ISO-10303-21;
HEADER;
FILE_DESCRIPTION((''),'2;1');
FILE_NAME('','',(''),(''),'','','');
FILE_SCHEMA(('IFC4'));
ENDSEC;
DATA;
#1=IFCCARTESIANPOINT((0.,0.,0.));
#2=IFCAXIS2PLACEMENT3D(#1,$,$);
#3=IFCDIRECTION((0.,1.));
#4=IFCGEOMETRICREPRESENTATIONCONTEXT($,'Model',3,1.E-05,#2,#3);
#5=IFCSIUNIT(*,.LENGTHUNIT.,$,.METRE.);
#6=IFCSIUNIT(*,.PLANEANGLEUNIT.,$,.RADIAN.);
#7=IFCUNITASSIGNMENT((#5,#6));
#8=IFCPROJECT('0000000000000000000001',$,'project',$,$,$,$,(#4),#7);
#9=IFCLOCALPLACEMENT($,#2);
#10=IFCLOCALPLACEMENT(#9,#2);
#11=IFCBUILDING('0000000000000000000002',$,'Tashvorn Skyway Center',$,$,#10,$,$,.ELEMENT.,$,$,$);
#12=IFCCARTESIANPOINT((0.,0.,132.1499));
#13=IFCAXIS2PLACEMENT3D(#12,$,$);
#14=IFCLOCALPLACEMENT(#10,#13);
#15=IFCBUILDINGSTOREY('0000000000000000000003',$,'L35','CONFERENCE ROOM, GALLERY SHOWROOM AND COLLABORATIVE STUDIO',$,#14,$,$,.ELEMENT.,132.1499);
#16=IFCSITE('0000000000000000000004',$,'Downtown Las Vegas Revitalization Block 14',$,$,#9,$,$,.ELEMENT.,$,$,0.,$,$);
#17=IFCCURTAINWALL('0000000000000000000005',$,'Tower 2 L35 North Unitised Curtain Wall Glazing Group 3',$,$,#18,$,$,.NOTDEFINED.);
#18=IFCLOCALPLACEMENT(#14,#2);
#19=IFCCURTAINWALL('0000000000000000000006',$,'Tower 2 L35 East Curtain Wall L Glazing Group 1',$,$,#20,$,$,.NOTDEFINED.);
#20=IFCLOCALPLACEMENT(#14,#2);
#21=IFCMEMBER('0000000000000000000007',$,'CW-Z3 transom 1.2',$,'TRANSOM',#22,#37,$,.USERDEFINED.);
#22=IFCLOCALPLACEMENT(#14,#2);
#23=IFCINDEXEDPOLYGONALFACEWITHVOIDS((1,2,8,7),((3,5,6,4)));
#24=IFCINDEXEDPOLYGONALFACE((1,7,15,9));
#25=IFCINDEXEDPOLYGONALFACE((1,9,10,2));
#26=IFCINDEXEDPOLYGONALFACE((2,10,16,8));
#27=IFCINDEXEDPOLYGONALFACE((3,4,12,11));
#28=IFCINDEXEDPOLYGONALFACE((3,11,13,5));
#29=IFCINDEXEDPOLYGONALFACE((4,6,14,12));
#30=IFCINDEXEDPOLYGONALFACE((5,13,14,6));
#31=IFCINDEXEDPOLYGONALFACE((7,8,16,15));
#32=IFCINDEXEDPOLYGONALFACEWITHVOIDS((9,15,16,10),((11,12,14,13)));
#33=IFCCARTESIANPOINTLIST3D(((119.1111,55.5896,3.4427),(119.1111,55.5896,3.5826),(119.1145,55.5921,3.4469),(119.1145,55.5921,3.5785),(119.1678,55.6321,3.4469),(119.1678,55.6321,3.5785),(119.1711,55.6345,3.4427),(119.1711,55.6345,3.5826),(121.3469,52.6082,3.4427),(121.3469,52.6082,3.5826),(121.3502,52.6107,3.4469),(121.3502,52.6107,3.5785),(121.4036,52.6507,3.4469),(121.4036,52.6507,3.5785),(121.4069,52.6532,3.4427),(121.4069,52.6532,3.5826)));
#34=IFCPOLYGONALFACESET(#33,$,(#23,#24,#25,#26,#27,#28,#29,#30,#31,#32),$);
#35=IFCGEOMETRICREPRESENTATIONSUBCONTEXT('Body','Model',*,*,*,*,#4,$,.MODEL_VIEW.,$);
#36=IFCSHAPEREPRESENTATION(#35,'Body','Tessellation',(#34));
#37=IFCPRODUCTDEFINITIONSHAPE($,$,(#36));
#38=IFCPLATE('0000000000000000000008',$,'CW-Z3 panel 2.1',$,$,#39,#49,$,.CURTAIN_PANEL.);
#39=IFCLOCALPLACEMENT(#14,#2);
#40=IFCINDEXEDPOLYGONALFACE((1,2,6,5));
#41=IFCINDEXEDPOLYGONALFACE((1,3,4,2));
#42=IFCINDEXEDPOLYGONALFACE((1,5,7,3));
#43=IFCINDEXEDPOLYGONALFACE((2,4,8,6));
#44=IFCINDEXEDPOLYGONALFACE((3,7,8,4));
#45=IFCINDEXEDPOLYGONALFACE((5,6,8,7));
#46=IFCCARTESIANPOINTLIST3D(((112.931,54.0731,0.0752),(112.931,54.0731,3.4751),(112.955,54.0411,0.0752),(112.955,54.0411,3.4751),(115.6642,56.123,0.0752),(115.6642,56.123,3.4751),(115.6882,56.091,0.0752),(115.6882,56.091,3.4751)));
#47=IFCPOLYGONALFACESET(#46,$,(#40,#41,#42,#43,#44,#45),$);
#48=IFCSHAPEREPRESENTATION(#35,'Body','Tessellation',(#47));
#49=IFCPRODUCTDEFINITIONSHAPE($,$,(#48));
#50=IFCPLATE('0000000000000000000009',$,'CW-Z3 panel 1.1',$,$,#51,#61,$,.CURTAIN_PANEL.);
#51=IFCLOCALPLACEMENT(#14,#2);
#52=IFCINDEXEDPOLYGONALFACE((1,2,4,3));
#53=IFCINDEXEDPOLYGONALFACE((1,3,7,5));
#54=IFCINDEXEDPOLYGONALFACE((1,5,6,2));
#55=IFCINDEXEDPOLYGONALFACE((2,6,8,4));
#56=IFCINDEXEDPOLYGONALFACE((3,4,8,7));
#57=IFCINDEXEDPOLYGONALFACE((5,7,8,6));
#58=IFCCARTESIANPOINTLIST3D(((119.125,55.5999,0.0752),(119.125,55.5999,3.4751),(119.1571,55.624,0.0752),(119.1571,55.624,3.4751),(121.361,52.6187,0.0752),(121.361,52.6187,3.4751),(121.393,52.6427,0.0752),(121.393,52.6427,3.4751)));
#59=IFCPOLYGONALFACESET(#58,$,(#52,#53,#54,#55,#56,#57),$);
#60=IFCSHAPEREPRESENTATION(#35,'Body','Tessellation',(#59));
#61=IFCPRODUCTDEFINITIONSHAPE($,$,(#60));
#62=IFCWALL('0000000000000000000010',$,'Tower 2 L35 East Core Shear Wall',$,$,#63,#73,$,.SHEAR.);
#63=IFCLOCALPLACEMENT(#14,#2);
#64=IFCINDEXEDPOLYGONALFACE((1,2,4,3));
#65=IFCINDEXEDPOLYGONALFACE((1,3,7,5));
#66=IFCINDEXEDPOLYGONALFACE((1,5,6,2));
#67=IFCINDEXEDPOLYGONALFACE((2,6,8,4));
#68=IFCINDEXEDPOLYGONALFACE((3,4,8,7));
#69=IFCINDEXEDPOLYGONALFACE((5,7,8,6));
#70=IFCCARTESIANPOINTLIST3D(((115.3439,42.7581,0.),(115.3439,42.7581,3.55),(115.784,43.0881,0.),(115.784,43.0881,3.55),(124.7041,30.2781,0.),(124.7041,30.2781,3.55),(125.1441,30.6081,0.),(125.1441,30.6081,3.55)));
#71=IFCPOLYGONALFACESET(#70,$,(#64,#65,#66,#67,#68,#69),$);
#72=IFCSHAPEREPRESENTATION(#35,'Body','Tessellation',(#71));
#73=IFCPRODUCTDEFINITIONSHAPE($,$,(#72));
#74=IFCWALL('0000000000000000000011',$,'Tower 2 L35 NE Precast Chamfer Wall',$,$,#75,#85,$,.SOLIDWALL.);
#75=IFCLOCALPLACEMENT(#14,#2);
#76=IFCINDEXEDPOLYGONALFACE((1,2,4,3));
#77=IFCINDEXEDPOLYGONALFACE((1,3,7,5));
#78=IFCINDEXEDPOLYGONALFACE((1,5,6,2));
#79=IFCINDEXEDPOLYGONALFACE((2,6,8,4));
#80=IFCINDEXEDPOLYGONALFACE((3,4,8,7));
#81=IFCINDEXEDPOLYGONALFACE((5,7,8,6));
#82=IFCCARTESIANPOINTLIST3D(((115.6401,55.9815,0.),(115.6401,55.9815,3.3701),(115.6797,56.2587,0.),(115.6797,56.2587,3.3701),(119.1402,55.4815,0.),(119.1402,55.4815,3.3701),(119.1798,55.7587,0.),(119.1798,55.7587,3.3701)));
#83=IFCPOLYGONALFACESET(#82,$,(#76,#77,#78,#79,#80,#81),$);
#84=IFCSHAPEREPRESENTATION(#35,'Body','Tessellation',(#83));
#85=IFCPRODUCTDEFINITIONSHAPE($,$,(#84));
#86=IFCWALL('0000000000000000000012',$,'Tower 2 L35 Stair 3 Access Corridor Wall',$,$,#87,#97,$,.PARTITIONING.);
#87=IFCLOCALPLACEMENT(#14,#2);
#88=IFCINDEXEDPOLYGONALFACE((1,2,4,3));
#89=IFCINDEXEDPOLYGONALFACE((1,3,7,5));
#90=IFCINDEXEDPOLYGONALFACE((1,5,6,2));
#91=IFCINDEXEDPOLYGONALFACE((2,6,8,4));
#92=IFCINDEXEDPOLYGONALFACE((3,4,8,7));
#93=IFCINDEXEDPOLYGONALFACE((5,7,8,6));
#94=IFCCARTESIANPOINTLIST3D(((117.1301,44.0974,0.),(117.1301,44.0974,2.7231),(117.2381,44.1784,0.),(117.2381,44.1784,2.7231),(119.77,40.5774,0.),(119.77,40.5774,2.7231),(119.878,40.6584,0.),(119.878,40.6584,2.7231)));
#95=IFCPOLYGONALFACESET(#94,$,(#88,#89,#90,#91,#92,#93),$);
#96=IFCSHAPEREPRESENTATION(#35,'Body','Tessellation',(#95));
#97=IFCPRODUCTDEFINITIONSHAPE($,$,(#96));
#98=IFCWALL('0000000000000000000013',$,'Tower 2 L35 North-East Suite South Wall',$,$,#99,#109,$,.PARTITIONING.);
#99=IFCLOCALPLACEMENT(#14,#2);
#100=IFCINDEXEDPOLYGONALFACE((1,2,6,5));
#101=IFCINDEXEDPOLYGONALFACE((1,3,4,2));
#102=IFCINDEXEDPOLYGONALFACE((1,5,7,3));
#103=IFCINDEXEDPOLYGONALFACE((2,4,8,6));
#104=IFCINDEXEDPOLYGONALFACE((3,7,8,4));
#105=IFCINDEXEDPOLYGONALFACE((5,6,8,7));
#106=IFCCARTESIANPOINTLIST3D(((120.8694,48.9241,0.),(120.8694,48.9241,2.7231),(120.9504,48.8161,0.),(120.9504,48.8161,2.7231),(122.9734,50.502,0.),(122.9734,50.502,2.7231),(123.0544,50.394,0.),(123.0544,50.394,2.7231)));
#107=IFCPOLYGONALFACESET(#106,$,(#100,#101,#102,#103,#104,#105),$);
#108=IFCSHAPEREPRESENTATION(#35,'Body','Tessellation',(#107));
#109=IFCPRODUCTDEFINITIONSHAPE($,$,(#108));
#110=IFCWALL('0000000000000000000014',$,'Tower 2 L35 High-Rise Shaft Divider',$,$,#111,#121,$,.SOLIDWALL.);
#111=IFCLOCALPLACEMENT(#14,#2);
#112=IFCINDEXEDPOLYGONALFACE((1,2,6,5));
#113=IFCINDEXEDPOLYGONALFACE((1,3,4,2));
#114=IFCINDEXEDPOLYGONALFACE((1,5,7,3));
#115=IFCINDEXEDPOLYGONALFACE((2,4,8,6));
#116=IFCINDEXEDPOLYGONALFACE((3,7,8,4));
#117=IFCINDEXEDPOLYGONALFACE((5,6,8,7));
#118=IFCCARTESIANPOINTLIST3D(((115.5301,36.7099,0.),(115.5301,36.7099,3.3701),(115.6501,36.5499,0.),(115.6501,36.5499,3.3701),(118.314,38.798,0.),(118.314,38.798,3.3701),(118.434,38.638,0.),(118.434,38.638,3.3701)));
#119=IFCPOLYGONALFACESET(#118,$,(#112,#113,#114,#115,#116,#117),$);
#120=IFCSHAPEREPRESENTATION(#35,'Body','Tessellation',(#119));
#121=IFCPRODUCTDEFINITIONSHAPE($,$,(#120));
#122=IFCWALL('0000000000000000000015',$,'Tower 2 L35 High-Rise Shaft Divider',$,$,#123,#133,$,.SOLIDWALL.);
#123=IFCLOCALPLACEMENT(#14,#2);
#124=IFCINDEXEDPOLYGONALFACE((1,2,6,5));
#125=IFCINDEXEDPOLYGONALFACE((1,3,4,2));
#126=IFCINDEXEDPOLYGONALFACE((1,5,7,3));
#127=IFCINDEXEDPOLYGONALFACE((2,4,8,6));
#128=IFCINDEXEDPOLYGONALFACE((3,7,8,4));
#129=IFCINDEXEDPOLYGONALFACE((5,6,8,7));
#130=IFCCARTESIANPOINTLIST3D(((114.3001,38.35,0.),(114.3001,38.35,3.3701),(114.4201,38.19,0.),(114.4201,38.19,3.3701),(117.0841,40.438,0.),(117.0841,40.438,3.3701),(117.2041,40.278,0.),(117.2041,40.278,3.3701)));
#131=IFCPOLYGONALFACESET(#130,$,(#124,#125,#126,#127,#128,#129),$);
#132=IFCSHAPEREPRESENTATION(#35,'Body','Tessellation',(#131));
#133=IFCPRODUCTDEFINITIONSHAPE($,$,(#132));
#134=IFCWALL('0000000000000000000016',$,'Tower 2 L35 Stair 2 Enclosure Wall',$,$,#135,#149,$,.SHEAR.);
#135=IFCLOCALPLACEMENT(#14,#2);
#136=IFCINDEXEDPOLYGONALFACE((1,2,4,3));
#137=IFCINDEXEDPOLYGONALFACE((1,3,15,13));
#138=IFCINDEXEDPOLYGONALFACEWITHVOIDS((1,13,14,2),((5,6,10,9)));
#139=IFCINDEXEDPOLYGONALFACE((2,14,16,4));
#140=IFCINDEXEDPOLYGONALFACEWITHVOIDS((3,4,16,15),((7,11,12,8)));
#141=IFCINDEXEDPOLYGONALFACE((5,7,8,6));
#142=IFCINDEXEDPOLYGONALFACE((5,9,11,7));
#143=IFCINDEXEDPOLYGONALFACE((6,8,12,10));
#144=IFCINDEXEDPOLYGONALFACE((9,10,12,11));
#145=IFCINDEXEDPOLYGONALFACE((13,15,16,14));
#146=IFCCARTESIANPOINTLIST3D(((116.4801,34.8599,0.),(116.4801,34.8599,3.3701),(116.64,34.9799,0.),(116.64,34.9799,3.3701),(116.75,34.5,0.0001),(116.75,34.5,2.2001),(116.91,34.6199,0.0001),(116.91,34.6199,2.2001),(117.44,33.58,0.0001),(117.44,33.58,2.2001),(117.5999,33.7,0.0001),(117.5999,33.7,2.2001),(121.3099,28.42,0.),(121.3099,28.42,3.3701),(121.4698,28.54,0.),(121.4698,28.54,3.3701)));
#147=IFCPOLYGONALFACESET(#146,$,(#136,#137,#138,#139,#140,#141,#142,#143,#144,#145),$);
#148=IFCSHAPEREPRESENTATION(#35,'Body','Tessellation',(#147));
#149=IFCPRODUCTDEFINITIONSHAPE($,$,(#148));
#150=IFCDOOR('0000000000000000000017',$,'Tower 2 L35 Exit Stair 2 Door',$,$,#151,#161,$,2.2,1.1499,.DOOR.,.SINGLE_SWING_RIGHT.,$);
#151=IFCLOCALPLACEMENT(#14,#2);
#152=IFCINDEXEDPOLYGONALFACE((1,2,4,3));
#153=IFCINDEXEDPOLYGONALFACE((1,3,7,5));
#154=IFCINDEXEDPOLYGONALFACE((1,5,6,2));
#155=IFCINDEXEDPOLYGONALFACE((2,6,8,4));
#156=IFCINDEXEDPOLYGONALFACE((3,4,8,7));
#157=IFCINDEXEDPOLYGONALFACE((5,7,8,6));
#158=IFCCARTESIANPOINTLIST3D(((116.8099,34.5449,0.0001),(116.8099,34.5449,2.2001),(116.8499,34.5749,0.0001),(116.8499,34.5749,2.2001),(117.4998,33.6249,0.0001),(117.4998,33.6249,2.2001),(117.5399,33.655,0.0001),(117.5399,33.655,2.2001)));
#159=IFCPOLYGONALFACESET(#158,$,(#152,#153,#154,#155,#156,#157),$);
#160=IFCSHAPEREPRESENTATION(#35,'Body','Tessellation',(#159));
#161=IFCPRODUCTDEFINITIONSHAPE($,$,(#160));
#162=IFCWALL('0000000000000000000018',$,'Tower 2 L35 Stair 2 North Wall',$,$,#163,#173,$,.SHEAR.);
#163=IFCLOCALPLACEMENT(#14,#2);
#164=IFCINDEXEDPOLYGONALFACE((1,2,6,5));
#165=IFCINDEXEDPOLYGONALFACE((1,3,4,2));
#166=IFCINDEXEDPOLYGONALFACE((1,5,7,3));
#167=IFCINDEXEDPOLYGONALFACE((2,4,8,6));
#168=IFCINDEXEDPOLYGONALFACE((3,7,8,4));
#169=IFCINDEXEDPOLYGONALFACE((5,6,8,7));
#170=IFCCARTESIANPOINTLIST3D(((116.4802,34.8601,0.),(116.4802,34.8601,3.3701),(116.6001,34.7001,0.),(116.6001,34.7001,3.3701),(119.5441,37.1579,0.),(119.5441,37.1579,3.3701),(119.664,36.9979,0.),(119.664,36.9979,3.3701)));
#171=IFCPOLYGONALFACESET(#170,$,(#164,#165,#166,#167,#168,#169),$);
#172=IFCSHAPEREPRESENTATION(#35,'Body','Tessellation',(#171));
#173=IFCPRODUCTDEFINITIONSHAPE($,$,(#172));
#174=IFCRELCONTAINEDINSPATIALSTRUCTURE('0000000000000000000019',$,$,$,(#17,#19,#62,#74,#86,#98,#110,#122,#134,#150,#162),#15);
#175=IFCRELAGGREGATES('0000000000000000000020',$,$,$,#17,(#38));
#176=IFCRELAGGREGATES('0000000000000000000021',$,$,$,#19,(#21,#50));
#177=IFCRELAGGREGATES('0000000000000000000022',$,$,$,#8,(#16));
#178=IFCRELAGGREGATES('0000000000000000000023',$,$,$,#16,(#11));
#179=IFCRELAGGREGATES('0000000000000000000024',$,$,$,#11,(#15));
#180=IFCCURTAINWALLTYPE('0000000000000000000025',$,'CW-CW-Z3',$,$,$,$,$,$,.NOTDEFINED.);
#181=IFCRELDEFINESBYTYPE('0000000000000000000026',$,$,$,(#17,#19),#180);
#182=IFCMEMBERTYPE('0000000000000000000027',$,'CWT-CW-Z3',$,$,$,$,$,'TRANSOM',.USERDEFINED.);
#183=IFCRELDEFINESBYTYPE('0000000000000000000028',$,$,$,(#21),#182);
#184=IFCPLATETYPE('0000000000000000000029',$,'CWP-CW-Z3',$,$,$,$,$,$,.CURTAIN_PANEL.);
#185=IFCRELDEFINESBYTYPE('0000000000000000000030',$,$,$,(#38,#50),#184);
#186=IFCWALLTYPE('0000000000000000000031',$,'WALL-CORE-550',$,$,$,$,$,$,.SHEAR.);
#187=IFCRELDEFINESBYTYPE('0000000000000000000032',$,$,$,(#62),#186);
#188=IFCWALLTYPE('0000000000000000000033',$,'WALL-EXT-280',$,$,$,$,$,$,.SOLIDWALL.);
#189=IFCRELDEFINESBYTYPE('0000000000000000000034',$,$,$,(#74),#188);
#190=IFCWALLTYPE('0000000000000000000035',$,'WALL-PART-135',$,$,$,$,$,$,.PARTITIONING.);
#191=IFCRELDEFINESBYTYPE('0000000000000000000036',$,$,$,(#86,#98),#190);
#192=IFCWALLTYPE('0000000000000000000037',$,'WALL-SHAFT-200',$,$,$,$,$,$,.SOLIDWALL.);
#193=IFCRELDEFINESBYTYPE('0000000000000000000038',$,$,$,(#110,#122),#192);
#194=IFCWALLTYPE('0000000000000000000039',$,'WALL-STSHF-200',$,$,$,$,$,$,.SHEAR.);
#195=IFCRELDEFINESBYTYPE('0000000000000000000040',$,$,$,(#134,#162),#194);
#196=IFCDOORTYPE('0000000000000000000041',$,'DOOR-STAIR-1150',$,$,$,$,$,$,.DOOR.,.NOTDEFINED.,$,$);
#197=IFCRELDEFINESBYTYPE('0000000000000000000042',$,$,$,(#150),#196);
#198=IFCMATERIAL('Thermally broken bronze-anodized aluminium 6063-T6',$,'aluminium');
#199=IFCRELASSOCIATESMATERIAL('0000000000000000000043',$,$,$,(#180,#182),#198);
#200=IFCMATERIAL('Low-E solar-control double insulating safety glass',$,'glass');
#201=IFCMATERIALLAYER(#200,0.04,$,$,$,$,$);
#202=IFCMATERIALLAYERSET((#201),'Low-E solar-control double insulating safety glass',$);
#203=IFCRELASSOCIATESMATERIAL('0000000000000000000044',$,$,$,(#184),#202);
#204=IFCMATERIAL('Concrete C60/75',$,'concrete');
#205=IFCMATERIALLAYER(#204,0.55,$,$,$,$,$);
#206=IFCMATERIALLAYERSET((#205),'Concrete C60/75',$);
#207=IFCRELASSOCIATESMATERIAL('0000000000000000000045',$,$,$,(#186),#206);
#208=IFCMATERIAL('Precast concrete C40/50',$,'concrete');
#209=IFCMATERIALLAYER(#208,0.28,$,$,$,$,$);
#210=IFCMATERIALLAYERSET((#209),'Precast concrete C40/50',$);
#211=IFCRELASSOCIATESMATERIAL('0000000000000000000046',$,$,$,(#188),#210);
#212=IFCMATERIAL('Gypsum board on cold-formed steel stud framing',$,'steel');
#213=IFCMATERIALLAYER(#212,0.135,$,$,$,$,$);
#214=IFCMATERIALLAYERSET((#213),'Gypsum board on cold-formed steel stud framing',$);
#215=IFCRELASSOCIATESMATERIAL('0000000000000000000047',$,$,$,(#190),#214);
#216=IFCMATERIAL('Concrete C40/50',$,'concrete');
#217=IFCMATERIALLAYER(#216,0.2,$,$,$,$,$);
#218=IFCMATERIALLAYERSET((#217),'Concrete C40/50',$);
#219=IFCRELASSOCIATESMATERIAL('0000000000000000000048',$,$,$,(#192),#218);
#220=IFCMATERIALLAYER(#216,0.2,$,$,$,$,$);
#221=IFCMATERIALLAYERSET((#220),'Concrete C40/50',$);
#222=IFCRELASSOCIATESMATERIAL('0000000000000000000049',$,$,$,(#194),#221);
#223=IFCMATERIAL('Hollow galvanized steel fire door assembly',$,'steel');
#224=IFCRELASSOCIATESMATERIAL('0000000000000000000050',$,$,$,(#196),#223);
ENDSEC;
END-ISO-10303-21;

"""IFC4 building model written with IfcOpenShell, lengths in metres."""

from ifc_helpers import new_model, si_unit, direction, frame, frame_2d, origin, origin_2d, place, context, subcontext, project, spatial, rectangle, hollow_rectangle, extrude, material, layer, layer_set, material_profile, profile_set, type_object, element, fill, aggregate, save


model = new_model("IFC4")

# Units and contexts
model_context = context("Model", 3, precision=1e-05, world=origin(), true_north=direction((0.0, 1.0)))
body_context = subcontext(model_context, "Body", "Model", "MODEL_VIEW")
ifc_project = project(units=[si_unit("LENGTHUNIT", "METRE"), si_unit("PLANEANGLEUNIT", "RADIAN")], contexts=[model_context])

# Site, building, storey
site_placement = place(None, origin())
site = spatial("IfcSite", under=ifc_project, at=site_placement, Name="Downtown Las Vegas Revitalization Block 14", CompositionType="ELEMENT", RefElevation=0.0)
building_placement = place(site_placement, origin())
building = spatial("IfcBuilding", under=site, at=building_placement, Name="Tashvorn Skyway Center", CompositionType="ELEMENT")
storey_placement = place(building_placement, frame((0.0, 0.0, 132.1499)))
storey = spatial("IfcBuildingStorey", under=building, at=storey_placement, Name="L35", Description="CONFERENCE ROOM, GALLERY SHOWROOM AND COLLABORATIVE STUDIO", CompositionType="ELEMENT", Elevation=132.1499)

# Curtain walls
ifc_material_1 = material(Name="Thermally broken bronze-anodized aluminium 6063-T6", Category="aluminium")
curtain_wall_type = type_object("IfcCurtainWallType", Name="CW-CW-Z3", PredefinedType="NOTDEFINED", material=ifc_material_1)
curtain_wall_1_placement = place(storey_placement, origin())
curtain_wall_1 = element("IfcCurtainWall", 1, at=curtain_wall_1_placement, inside=storey, type_object=curtain_wall_type, Name="Tower 2 L35 North Unitised Curtain Wall Glazing Group 3", PredefinedType="NOTDEFINED")
curtain_wall_2_placement = place(storey_placement, origin())
curtain_wall_2 = element("IfcCurtainWall", 2, at=curtain_wall_2_placement, inside=storey, type_object=curtain_wall_type, Name="Tower 2 L35 East Curtain Wall L Glazing Group 1", PredefinedType="NOTDEFINED")

# Member
ifc_material_profile_1 = material_profile(ifc_material_1, hollow_rectangle(XDim=0.075, YDim=0.1399, WallThickness=0.0042, at=origin_2d()), Name="ALU-TRAN-75x140")
ifc_profile_set_1 = profile_set([ifc_material_profile_1], Name="Thermally broken bronze-anodized aluminium 6063-T6")
member_type_1 = type_object("IfcMemberType", Name="CWT-CW-Z3", ElementType="TRANSOM", PredefinedType="USERDEFINED", material=ifc_profile_set_1)
member_1_placement = place(storey_placement, frame((119.1411, 55.6121, 3.5127), z_axis=(0.599958, -0.800031, 0.0), x_axis=(0.800031, 0.599958, 0.0)))
member_1 = element("IfcMember", 3, at=member_1_placement, type_object=member_type_1, Name="CW-Z3 transom 1.2", ObjectType="TRANSOM", PredefinedType="USERDEFINED", context=body_context, shape_type="SweptSolid", body=[
    extrude(hollow_rectangle(XDim=0.075, YDim=0.1399, WallThickness=0.0042, at=origin_2d()), origin(), (0.0, 0.0, 1.0), 3.7266),
])

# Plates
ifc_material_2 = material(Name="Low-E solar-control double insulating safety glass", Category="glass")
ifc_layer_1 = layer(ifc_material_2, 0.04)
ifc_layer_set_1 = layer_set([ifc_layer_1], Name="Low-E solar-control double insulating safety glass")
plate_type = type_object("IfcPlateType", Name="CWP-CW-Z3", PredefinedType="CURTAIN_PANEL", material=ifc_layer_set_1)
plate_1_placement = place(storey_placement, frame((114.3096, 55.082, 0.0752), z_axis=(0.0, 0.0, 1.0), x_axis=(0.799997, 0.600005, 0.0)))
plate_1 = element("IfcPlate", 4, at=plate_1_placement, type_object=plate_type, Name="CW-Z3 panel 2.1", PredefinedType="CURTAIN_PANEL", context=body_context, shape_type="SweptSolid", body=[
    extrude(rectangle(XDim=3.4165, YDim=0.04, at=origin_2d()), origin(), (0.0, 0.0, 1.0), 3.3999),
])
aggregate(curtain_wall_1, [plate_1])
plate_2_placement = place(storey_placement, frame((120.259, 54.1213, 0.0752), z_axis=(0.0, 0.0, 1.0), x_axis=(0.600004, -0.799997, 0.0)))
plate_2 = element("IfcPlate", 5, at=plate_2_placement, type_object=plate_type, Name="CW-Z3 panel 1.1", PredefinedType="CURTAIN_PANEL", context=body_context, shape_type="SweptSolid", body=[
    extrude(rectangle(XDim=3.7266, YDim=0.04, at=origin_2d()), origin(), (0.0, 0.0, 1.0), 3.3999),
])
aggregate(curtain_wall_2, [member_1, plate_2])

# Walls
ifc_material_3 = material(Name="Concrete C60/75", Category="concrete")
ifc_layer_2 = layer(ifc_material_3, 0.55)
ifc_layer_set_2 = layer_set([ifc_layer_2], Name="Concrete C60/75")
wall_type_1 = type_object("IfcWallType", Name="WALL-CORE-550", PredefinedType="SHEAR", material=ifc_layer_set_2)
wall_1_placement = place(storey_placement, frame((115.564, 42.9231, 0.0), z_axis=(0.0, 0.0, 1.0), x_axis=(0.600005, -0.799996, 0.0)))
element("IfcWall", 6, at=wall_1_placement, inside=storey, type_object=wall_type_1, Name="Tower 2 L35 East Core Shear Wall", PredefinedType="SHEAR", context=body_context, shape_type="SweptSolid", body=[
    extrude(rectangle(XDim=15.6001, YDim=0.55, at=frame_2d((7.8, 0.0))), origin(), (0.0, 0.0, 1.0), 3.55),
])
ifc_material_4 = material(Name="Precast concrete C40/50", Category="concrete")
ifc_layer_3 = layer(ifc_material_4, 0.28)
ifc_layer_set_3 = layer_set([ifc_layer_3], Name="Precast concrete C40/50")
wall_type_2 = type_object("IfcWallType", Name="WALL-EXT-280", PredefinedType="SOLIDWALL", material=ifc_layer_set_3)
wall_2_placement = place(storey_placement, frame((115.6599, 56.1201, 0.0), z_axis=(0.0, 0.0, 1.0), x_axis=(0.989949, -0.141421, 0.0)))
element("IfcWall", 7, at=wall_2_placement, inside=storey, type_object=wall_type_2, Name="Tower 2 L35 NE Precast Chamfer Wall", PredefinedType="SOLIDWALL", context=body_context, shape_type="SweptSolid", body=[
    extrude(rectangle(XDim=3.5356, YDim=0.28, at=frame_2d((1.7678, 0.0))), origin(), (0.0, 0.0, 1.0), 3.3701),
])
ifc_material_5 = material(Name="Gypsum board on cold-formed steel stud framing", Category="steel")
ifc_layer_4 = layer(ifc_material_5, 0.135)
ifc_layer_set_4 = layer_set([ifc_layer_4], Name="Gypsum board on cold-formed steel stud framing")
wall_type_3 = type_object("IfcWallType", Name="WALL-PART-135", PredefinedType="PARTITIONING", material=ifc_layer_set_4)
wall_3_placement = place(storey_placement, frame((119.824, 40.6179, 0.0), z_axis=(0.0, 0.0, 1.0), x_axis=(-0.599982, 0.800013, 0.0)))
element("IfcWall", 8, at=wall_3_placement, inside=storey, type_object=wall_type_3, Name="Tower 2 L35 Stair 3 Access Corridor Wall", PredefinedType="PARTITIONING", context=body_context, shape_type="SweptSolid", body=[
    extrude(rectangle(XDim=4.3999, YDim=0.135, at=frame_2d((2.2, 0.0))), origin(), (0.0, 0.0, 1.0), 2.7231),
])
wall_4_placement = place(storey_placement, frame((120.9099, 48.8701, 0.0), z_axis=(0.0, 0.0, 1.0), x_axis=(0.800022, 0.59997, 0.0)))
element("IfcWall", 9, at=wall_4_placement, inside=storey, type_object=wall_type_3, Name="Tower 2 L35 North-East Suite South Wall", PredefinedType="PARTITIONING", context=body_context, shape_type="SweptSolid", body=[
    extrude(rectangle(XDim=2.6299, YDim=0.135, at=frame_2d((1.3149, 0.0))), origin(), (0.0, 0.0, 1.0), 2.7231),
])
ifc_material_6 = material(Name="Concrete C40/50", Category="concrete")
ifc_layer_5 = layer(ifc_material_6, 0.2)
ifc_layer_set_5 = layer_set([ifc_layer_5], Name="Concrete C40/50")
wall_type_4 = type_object("IfcWallType", Name="WALL-SHAFT-200", PredefinedType="SOLIDWALL", material=ifc_layer_set_5)
for number, where, z_axis, x_axis, name in (
    (10, (115.5901, 36.6299, 0.0), (0.0, 0.0, 1.0), (0.799975, 0.600034, 0.0), "Tower 2 L35 High-Rise Shaft Divider"),
    (11, (114.3601, 38.27, 0.0), (0.0, 0.0, 1.0), (0.800008, 0.599989, 0.0), "Tower 2 L35 High-Rise Shaft Divider"),
):
    element("IfcWall", number, at=place(storey_placement, frame(where, z_axis=z_axis, x_axis=x_axis)), inside=storey, type_object=wall_type_4, Name=name, PredefinedType="SOLIDWALL", context=body_context, shape_type="SweptSolid", body=[
        extrude(rectangle(XDim=3.48, YDim=0.2, at=frame_2d((1.74, 0.0))), origin(), (0.0, 0.0, 1.0), 3.3701),
    ])

# Wall, opening, door
ifc_layer_6 = layer(ifc_material_6, 0.2)
ifc_layer_set_6 = layer_set([ifc_layer_6], Name="Concrete C40/50")
wall_type_5 = type_object("IfcWallType", Name="WALL-STSHF-200", PredefinedType="SHEAR", material=ifc_layer_set_6)
wall_5_placement = place(storey_placement, frame((116.5601, 34.9199, 0.0), z_axis=(0.0, 0.0, 1.0), x_axis=(0.59999, -0.800007, 0.0)))
wall_5 = element("IfcWall", 12, at=wall_5_placement, inside=storey, type_object=wall_type_5, Name="Tower 2 L35 Stair 2 Enclosure Wall", PredefinedType="SHEAR", context=body_context, shape_type="SweptSolid", body=[
    extrude(rectangle(XDim=8.0498, YDim=0.2, at=frame_2d((4.0249, 0.0))), origin(), (0.0, 0.0, 1.0), 3.3701),
])
opening_placement = place(wall_5_placement, frame((0.45, 0.0, 0.0)))
opening = element("IfcOpeningElement", 13, at=opening_placement, cuts=wall_5, PredefinedType="OPENING", context=body_context, shape_type="SweptSolid", body=[
    extrude(rectangle(XDim=1.1499, YDim=2.2, at=frame_2d((0.575, 1.1001))), frame((0.0, 0.1099, 0.0), z_axis=(0.0, -1.0, 0.0), x_axis=(1.0, 0.0, 0.0)), (0.0, 0.0, 1.0), 0.22),
])
ifc_material_7 = material(Name="Hollow galvanized steel fire door assembly", Category="steel")
door_type = type_object("IfcDoorType", Name="DOOR-STAIR-1150", OperationType="NOTDEFINED", PredefinedType="DOOR", material=ifc_material_7)
door_placement = place(opening_placement, origin())
door = element("IfcDoor", 14, at=door_placement, inside=storey, type_object=door_type, Name="Tower 2 L35 Exit Stair 2 Door", OperationType="SINGLE_SWING_RIGHT", OverallHeight=2.2, OverallWidth=1.1499, PredefinedType="DOOR", context=body_context, shape_type="SweptSolid", body=[
    extrude(rectangle(XDim=1.1499, YDim=2.2, at=frame_2d((0.575, 1.1001))), frame((0.0, 0.0249, 0.0), z_axis=(0.0, -1.0, 0.0), x_axis=(1.0, 0.0, 0.0)), (0.0, 0.0, 1.0), 0.05),
])
fill(opening, door)

# Wall
wall_6_placement = place(storey_placement, frame((116.54, 34.78, 0.0), z_axis=(0.0, 0.0, 1.0), x_axis=(0.800015, 0.59998, 0.0)))
element("IfcWall", 15, at=wall_6_placement, inside=storey, type_object=wall_type_5, Name="Tower 2 L35 Stair 2 North Wall", PredefinedType="SHEAR", context=body_context, shape_type="SweptSolid", body=[
    extrude(rectangle(XDim=3.8298, YDim=0.2, at=frame_2d((1.915, 0.0))), origin(), (0.0, 0.0, 1.0), 3.3701),
])

save(model, "model.ifc")
